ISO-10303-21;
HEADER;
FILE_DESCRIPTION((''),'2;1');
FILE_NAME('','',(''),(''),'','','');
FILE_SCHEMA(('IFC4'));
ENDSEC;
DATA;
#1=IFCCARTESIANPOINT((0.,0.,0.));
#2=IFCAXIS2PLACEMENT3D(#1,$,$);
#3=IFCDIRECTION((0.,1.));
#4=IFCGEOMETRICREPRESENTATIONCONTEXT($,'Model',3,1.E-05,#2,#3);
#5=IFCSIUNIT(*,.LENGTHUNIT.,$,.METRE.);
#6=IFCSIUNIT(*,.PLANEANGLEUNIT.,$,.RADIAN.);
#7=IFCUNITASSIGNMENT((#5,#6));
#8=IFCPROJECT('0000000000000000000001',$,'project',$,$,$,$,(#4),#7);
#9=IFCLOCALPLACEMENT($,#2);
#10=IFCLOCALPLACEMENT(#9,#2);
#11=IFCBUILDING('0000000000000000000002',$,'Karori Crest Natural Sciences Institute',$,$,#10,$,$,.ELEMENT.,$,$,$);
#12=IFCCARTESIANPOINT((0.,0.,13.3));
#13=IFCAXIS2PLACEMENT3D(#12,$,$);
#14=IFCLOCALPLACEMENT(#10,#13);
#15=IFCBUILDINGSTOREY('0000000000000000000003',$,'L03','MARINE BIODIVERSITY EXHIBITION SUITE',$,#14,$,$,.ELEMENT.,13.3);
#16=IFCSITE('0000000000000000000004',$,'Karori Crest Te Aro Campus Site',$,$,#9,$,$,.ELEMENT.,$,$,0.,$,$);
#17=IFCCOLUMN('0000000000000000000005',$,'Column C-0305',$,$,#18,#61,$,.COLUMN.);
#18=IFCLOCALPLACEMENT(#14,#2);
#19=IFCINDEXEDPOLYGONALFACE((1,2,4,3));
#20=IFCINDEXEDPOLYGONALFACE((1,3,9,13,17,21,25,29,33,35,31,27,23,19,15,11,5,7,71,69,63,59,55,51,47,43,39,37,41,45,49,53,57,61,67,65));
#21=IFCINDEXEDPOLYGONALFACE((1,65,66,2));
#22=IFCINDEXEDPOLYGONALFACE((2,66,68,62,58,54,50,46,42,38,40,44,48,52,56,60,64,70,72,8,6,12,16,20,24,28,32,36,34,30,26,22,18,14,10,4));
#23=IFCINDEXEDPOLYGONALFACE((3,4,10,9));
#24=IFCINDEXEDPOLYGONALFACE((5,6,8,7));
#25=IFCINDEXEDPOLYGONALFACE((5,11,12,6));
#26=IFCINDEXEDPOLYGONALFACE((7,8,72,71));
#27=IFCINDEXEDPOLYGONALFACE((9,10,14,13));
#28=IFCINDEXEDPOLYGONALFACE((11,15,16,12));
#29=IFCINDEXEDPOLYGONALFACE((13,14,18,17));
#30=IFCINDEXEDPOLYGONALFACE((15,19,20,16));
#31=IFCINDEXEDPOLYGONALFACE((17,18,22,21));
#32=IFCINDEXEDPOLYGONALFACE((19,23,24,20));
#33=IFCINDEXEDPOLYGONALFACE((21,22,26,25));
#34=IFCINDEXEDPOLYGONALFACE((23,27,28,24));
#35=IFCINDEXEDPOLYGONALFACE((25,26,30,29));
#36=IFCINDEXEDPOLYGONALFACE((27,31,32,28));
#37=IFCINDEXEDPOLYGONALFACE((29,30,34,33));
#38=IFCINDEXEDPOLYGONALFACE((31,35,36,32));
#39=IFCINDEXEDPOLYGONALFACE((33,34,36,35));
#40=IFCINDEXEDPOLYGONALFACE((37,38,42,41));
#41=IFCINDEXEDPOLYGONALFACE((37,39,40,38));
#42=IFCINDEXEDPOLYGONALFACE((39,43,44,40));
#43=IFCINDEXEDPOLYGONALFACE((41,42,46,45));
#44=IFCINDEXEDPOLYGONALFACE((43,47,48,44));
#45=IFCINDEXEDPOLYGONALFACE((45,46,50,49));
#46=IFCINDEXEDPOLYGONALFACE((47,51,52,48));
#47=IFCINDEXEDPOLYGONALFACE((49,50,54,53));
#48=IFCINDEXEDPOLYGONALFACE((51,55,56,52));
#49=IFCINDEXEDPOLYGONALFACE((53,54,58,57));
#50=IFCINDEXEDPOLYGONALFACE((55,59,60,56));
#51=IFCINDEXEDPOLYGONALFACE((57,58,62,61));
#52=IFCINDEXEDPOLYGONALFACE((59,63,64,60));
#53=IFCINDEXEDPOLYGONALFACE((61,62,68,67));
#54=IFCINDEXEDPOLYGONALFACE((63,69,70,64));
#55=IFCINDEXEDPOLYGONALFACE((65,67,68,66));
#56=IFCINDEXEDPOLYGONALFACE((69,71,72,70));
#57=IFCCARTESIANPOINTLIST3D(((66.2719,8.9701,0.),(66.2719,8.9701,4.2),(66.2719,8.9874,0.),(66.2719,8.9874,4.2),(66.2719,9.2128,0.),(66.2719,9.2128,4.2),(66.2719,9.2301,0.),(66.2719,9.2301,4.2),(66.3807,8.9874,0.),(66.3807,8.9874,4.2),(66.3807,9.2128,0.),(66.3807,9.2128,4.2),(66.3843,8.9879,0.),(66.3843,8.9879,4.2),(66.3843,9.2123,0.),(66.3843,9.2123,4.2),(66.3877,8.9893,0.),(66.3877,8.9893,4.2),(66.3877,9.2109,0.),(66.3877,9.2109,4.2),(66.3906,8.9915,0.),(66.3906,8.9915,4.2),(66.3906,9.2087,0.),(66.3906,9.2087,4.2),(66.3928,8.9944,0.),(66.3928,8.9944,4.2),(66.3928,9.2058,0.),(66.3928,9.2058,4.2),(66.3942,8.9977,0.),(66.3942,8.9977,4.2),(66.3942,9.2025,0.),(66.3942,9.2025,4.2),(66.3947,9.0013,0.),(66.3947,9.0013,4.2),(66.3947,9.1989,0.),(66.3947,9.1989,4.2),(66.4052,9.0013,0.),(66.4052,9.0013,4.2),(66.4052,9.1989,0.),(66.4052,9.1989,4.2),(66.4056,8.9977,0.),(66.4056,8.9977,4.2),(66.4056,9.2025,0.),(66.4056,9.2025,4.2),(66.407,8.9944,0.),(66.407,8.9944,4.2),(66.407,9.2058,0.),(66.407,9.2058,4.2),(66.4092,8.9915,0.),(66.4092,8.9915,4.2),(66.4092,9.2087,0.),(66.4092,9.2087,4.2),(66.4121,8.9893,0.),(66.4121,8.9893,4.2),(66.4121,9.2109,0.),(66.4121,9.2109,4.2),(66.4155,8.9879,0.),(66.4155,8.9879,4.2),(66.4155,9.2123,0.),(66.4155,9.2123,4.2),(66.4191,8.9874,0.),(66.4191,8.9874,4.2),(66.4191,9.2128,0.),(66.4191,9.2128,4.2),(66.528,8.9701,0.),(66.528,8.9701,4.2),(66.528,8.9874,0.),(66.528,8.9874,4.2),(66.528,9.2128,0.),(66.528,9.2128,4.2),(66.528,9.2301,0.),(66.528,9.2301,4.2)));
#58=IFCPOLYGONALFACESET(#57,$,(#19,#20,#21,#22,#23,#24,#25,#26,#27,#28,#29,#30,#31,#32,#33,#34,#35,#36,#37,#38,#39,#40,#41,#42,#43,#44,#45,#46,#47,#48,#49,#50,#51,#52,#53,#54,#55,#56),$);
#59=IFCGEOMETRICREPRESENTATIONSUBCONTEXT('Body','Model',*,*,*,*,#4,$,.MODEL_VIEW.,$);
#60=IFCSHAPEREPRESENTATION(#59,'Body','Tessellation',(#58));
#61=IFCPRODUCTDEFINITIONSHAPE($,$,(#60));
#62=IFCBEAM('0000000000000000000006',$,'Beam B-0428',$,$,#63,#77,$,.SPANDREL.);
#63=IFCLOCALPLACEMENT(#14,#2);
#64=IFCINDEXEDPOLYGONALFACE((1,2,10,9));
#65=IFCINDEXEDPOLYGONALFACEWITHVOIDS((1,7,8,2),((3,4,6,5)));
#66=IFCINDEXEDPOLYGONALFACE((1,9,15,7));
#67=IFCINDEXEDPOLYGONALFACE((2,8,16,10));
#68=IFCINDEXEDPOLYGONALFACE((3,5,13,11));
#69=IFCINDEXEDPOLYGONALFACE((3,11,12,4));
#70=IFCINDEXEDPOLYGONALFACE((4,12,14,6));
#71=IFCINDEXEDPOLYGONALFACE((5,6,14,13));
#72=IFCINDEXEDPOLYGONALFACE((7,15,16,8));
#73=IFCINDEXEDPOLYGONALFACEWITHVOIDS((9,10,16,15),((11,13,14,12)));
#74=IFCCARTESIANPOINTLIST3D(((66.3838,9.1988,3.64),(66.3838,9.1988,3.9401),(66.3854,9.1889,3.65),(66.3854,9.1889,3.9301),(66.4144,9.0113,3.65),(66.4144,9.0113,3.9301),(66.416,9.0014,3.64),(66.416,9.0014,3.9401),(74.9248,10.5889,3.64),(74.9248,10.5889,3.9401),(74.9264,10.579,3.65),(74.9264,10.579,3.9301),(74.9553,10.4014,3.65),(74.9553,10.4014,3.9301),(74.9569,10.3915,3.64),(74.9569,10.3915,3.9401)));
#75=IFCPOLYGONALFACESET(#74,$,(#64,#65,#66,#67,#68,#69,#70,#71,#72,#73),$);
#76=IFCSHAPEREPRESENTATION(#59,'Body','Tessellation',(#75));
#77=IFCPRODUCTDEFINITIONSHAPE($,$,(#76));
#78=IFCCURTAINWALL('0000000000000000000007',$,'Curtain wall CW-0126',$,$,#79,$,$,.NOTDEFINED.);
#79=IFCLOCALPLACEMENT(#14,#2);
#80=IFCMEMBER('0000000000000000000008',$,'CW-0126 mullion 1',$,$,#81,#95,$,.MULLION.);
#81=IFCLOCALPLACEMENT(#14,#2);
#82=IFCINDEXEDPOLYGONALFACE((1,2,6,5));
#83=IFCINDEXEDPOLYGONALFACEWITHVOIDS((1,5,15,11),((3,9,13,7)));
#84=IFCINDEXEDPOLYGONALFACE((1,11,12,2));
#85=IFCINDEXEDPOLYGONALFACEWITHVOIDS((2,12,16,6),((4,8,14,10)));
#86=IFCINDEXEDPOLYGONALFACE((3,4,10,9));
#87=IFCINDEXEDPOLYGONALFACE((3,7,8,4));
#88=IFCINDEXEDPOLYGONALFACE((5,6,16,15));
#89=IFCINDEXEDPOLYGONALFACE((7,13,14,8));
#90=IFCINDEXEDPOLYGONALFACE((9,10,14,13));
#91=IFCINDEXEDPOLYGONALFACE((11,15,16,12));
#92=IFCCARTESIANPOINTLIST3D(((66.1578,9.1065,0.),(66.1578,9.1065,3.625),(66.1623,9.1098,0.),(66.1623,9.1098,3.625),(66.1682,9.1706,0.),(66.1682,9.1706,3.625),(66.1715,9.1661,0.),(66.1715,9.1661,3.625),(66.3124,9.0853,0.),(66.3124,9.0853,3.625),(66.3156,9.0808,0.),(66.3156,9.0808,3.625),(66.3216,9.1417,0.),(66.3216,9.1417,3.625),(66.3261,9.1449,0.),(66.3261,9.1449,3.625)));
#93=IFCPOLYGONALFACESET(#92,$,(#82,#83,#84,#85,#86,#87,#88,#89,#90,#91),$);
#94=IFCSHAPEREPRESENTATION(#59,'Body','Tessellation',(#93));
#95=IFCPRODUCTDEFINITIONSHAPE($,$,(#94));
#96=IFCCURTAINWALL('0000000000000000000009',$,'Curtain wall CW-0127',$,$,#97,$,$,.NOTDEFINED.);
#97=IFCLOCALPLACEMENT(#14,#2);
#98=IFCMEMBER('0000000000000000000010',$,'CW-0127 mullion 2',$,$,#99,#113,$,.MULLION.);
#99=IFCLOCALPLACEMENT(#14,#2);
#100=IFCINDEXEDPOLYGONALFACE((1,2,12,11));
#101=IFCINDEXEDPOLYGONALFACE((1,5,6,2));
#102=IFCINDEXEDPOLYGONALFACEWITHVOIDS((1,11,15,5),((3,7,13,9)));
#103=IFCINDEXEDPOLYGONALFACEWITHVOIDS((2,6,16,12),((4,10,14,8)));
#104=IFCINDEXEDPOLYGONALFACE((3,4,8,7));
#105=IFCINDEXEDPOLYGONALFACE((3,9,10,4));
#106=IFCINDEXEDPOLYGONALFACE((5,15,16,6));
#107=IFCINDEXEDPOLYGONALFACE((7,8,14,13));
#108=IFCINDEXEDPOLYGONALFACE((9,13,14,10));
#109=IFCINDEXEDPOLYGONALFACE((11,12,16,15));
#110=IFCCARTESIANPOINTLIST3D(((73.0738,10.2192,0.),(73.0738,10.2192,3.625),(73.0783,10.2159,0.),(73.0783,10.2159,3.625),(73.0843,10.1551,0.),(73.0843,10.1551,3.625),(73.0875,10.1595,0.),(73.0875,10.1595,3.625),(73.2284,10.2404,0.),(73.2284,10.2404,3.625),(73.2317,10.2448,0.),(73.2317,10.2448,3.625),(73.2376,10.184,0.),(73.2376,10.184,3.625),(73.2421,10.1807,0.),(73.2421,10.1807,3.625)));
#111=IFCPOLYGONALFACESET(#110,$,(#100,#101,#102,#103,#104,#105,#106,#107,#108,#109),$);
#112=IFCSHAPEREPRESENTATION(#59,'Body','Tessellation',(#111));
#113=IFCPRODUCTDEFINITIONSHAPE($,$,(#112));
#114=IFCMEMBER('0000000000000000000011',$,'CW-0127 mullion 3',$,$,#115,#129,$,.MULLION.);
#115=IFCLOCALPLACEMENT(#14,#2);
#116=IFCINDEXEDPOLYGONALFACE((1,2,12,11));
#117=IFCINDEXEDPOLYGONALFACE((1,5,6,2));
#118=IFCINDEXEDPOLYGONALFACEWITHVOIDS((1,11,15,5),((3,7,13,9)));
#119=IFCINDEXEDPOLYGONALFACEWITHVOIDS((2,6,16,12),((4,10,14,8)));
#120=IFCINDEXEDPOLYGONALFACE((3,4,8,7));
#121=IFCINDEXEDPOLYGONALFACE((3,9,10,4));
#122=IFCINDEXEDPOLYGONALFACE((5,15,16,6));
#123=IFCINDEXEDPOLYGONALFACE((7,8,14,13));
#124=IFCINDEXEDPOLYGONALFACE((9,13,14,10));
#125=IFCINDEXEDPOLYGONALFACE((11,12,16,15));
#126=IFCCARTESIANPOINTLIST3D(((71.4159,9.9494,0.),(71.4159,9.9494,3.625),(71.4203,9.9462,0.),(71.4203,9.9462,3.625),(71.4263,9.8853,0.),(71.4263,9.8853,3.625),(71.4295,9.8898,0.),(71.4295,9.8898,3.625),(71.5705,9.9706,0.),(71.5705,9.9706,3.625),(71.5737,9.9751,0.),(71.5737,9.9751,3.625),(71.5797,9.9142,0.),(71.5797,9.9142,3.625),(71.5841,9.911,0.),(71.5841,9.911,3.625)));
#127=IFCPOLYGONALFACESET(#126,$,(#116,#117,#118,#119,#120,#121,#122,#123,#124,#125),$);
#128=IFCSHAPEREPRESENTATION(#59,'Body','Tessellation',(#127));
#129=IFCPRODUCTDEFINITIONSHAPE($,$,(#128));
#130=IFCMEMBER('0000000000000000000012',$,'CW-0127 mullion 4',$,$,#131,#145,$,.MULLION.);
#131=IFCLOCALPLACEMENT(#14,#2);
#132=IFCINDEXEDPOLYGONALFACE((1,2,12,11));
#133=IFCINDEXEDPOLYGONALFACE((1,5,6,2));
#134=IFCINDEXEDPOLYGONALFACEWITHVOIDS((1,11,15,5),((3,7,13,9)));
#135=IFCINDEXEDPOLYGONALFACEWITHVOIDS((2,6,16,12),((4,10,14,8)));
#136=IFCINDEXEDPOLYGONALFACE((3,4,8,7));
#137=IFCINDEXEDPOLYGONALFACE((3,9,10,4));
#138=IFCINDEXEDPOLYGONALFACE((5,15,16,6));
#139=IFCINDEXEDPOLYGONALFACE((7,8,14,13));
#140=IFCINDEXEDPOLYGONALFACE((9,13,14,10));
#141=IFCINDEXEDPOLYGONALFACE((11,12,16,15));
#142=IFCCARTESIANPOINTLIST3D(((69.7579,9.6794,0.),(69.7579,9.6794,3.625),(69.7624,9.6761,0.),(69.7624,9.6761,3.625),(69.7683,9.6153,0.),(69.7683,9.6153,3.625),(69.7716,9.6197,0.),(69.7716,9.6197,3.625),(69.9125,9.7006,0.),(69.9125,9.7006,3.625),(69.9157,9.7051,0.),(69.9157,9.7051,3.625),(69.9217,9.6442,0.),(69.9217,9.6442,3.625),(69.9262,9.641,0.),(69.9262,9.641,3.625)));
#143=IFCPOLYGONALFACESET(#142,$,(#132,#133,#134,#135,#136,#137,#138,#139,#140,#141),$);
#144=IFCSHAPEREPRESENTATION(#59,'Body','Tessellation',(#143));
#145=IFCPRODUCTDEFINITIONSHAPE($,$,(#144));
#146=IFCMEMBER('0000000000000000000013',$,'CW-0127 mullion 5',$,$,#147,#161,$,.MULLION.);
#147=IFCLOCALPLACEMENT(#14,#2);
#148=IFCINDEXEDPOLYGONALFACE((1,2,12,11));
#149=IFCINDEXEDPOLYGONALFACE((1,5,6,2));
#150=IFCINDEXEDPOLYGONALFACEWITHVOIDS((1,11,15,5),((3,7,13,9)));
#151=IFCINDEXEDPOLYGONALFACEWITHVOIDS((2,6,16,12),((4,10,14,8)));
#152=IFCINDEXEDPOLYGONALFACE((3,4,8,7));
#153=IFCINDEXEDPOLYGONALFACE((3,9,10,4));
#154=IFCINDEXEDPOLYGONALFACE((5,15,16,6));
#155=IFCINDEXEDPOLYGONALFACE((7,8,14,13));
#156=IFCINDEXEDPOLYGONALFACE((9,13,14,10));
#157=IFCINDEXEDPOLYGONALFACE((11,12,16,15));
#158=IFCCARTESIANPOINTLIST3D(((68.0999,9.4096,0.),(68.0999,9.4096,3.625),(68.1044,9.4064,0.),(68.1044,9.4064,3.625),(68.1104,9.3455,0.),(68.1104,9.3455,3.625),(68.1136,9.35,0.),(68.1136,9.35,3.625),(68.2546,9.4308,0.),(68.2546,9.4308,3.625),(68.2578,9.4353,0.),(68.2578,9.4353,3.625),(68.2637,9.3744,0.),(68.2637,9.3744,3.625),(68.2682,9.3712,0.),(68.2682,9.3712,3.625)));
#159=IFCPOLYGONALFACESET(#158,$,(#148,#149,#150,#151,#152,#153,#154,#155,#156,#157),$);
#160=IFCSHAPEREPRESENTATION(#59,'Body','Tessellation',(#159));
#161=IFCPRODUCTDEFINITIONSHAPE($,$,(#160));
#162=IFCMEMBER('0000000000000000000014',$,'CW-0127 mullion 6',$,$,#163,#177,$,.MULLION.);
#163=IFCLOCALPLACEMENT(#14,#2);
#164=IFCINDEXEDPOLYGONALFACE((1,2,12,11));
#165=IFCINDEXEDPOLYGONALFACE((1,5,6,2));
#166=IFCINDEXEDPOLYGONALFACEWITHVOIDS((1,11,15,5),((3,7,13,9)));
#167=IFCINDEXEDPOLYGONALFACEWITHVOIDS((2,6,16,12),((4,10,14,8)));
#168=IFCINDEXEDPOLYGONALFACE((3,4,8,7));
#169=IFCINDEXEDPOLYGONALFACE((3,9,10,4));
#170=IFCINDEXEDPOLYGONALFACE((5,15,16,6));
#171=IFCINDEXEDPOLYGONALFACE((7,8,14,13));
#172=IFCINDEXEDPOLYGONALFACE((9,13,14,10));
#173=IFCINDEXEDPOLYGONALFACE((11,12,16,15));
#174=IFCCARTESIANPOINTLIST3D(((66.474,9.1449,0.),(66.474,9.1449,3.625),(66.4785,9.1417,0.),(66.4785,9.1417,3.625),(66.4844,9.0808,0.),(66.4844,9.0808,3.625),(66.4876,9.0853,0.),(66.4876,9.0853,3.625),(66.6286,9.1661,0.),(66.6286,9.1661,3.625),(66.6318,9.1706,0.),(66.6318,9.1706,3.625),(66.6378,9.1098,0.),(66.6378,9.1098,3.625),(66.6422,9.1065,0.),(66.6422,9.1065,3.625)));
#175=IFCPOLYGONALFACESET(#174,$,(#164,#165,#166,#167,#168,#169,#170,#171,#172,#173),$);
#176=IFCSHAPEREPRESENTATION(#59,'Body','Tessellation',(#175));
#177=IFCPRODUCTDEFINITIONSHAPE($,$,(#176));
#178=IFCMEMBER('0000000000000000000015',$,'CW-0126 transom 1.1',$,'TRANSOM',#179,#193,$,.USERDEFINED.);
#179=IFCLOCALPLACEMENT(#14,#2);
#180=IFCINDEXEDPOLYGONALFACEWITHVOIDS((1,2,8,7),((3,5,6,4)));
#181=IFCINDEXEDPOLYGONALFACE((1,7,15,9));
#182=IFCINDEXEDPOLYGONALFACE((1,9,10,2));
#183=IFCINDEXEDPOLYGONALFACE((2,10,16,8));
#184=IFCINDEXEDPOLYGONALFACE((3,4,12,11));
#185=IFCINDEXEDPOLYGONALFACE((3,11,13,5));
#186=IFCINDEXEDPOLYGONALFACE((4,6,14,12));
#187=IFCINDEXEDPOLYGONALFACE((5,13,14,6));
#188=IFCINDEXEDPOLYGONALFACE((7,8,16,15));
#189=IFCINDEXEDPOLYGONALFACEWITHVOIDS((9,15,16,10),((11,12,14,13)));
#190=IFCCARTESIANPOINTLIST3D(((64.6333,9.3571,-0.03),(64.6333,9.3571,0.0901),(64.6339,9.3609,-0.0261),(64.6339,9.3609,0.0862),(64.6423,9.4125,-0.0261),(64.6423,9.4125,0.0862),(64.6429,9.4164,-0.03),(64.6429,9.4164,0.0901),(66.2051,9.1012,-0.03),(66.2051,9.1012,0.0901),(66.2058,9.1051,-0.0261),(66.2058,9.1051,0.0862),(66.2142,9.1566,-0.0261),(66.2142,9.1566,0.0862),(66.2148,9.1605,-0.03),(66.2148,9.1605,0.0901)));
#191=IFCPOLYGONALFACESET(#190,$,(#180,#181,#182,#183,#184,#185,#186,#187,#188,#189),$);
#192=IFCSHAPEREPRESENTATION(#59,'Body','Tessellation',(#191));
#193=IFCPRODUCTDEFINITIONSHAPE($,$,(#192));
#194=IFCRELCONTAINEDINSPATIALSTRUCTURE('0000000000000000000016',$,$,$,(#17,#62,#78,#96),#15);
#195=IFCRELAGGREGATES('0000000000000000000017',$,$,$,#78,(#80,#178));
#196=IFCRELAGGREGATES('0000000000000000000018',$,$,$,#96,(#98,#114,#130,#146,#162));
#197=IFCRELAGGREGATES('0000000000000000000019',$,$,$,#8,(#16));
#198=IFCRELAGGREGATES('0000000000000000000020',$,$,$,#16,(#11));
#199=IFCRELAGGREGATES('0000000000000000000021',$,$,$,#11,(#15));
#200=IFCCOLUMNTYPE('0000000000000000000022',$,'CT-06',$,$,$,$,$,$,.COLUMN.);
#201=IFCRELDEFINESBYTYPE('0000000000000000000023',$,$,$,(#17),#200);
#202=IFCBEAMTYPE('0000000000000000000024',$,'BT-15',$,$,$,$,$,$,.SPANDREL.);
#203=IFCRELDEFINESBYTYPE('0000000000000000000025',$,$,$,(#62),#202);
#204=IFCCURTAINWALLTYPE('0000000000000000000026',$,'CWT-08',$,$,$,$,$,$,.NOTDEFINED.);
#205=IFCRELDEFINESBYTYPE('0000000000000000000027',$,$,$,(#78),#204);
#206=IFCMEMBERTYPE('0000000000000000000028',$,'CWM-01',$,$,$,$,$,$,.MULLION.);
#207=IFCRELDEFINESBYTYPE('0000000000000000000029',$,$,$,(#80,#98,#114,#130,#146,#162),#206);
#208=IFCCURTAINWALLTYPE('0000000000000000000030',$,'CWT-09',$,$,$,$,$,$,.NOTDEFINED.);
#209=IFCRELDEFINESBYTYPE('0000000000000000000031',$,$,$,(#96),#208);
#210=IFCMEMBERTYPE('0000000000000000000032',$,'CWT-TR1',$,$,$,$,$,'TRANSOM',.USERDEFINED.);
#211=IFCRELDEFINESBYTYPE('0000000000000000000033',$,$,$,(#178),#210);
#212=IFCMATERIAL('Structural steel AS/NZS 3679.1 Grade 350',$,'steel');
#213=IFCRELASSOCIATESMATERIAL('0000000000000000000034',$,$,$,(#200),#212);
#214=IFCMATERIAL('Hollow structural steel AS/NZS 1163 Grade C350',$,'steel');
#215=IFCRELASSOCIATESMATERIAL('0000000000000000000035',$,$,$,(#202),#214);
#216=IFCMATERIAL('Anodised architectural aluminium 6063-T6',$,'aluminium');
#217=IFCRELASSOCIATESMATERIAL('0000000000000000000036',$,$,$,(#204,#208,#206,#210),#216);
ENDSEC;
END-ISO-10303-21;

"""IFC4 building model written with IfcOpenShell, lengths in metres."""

from ifc_helpers import new_model, si_unit, direction, frame, origin, origin_2d, place, context, subcontext, project, spatial, hollow_rectangle, i_section, extrude, material, material_profile, profile_set, type_object, element, aggregate, save


model = new_model("IFC4")

# Units and contexts
model_context = context("Model", 3, precision=1e-05, world=origin(), true_north=direction((0.0, 1.0)))
body_context = subcontext(model_context, "Body", "Model", "MODEL_VIEW")
ifc_project = project(units=[si_unit("LENGTHUNIT", "METRE"), si_unit("PLANEANGLEUNIT", "RADIAN")], contexts=[model_context])

# Site, building, storey
site_placement = place(None, origin())
site = spatial("IfcSite", under=ifc_project, at=site_placement, Name="Karori Crest Te Aro Campus Site", CompositionType="ELEMENT", RefElevation=0.0)
building_placement = place(site_placement, origin())
building = spatial("IfcBuilding", under=site, at=building_placement, Name="Karori Crest Natural Sciences Institute", CompositionType="ELEMENT")
storey_placement = place(building_placement, frame((0.0, 0.0, 13.3)))
storey = spatial("IfcBuildingStorey", under=building, at=storey_placement, Name="L03", Description="MARINE BIODIVERSITY EXHIBITION SUITE", CompositionType="ELEMENT", Elevation=13.3)

# Column
ifc_material_1 = material(Name="Structural steel AS/NZS 3679.1 Grade 350", Category="steel")
ifc_material_profile_1 = material_profile(ifc_material_1, i_section(OverallWidth=0.2561, OverallDepth=0.26, WebThickness=0.0105, FlangeThickness=0.0173, FilletRadius=0.0139, at=origin_2d()), Name="250UC89.5")
ifc_profile_set_1 = profile_set([ifc_material_profile_1], Name="Structural steel AS/NZS 3679.1 Grade 350")
column_type = type_object("IfcColumnType", Name="CT-06", PredefinedType="COLUMN", material=ifc_profile_set_1)
column_placement = place(storey_placement, frame((66.3999, 9.1001, 0.0), z_axis=(0.0, 0.0, 1.0), x_axis=(1.0, 0.0, 0.0)))
element("IfcColumn", 1, at=column_placement, inside=storey, type_object=column_type, Name="Column C-0305", PredefinedType="COLUMN", context=body_context, shape_type="SweptSolid", body=[
    extrude(i_section(OverallWidth=0.2561, OverallDepth=0.26, WebThickness=0.0105, FlangeThickness=0.0173, FilletRadius=0.0139, at=origin_2d()), origin(), (0.0, 0.0, 1.0), 4.2),
])

# Beam
ifc_material_2 = material(Name="Hollow structural steel AS/NZS 1163 Grade C350", Category="steel")
ifc_material_profile_2 = material_profile(ifc_material_2, hollow_rectangle(XDim=0.2, YDim=0.3, WallThickness=0.01, at=origin_2d()), Name="RHS300x200x10")
ifc_profile_set_2 = profile_set([ifc_material_profile_2], Name="Hollow structural steel AS/NZS 1163 Grade C350")
beam_type = type_object("IfcBeamType", Name="BT-15", PredefinedType="SPANDREL", material=ifc_profile_set_2)
beam_placement = place(storey_placement, frame((66.3999, 9.1001, 3.79), z_axis=(0.987012, 0.160646, 0.0), x_axis=(-0.160646, 0.987012, 0.0)))
element("IfcBeam", 2, at=beam_placement, inside=storey, type_object=beam_type, Name="Beam B-0428", PredefinedType="SPANDREL", context=body_context, shape_type="SweptSolid", body=[
    extrude(hollow_rectangle(XDim=0.2, YDim=0.3, WallThickness=0.01, at=origin_2d()), origin(), (0.0, 0.0, 1.0), 8.6533),
])

# Curtain wall, member
ifc_material_3 = material(Name="Anodised architectural aluminium 6063-T6", Category="aluminium")
curtain_wall_type_1 = type_object("IfcCurtainWallType", Name="CWT-08", PredefinedType="NOTDEFINED", material=ifc_material_3)
curtain_wall_1_placement = place(storey_placement, origin())
curtain_wall_1 = element("IfcCurtainWall", 3, at=curtain_wall_1_placement, inside=storey, type_object=curtain_wall_type_1, Name="Curtain wall CW-0126", PredefinedType="NOTDEFINED")
ifc_material_profile_3 = material_profile(ifc_material_3, hollow_rectangle(XDim=0.0649, YDim=0.1599, WallThickness=0.0039, at=origin_2d()), Name="CWM160x65x4")
ifc_profile_set_3 = profile_set([ifc_material_profile_3], Name="Anodised architectural aluminium 6063-T6")
member_type_1 = type_object("IfcMemberType", Name="CWM-01", PredefinedType="MULLION", material=ifc_profile_set_3)
member_1_placement = place(storey_placement, frame((66.2419, 9.1257, 0.0), z_axis=(0.0, 0.0, 1.0), x_axis=(-0.160655, -0.987011, 0.0)))
member_1 = element("IfcMember", 4, at=member_1_placement, type_object=member_type_1, Name="CW-0126 mullion 1", PredefinedType="MULLION", context=body_context, shape_type="SweptSolid", body=[
    extrude(hollow_rectangle(XDim=0.0649, YDim=0.1599, WallThickness=0.0039, at=origin_2d()), origin(), (0.0, 0.0, 1.0), 3.625),
])

# Curtain wall, members
curtain_wall_type_2 = type_object("IfcCurtainWallType", Name="CWT-09", PredefinedType="NOTDEFINED", material=ifc_material_3)
curtain_wall_2_placement = place(storey_placement, origin())
curtain_wall_2 = element("IfcCurtainWall", 5, at=curtain_wall_2_placement, inside=storey, type_object=curtain_wall_type_2, Name="Curtain wall CW-0127", PredefinedType="NOTDEFINED")
member_2_placement = place(storey_placement, frame((73.158, 10.2, 0.0), z_axis=(0.0, 0.0, 1.0), x_axis=(0.16065, -0.987011, 0.0)))
member_2 = element("IfcMember", 6, at=member_2_placement, type_object=member_type_1, Name="CW-0127 mullion 2", PredefinedType="MULLION", context=body_context, shape_type="SweptSolid", body=[
    extrude(hollow_rectangle(XDim=0.0649, YDim=0.1599, WallThickness=0.0039, at=origin_2d()), origin(), (0.0, 0.0, 1.0), 3.625),
])
member_3_placement = place(storey_placement, frame((71.5, 9.9302, 0.0), z_axis=(0.0, 0.0, 1.0), x_axis=(0.16065, -0.987011, 0.0)))
member_3 = element("IfcMember", 7, at=member_3_placement, type_object=member_type_1, Name="CW-0127 mullion 3", PredefinedType="MULLION", context=body_context, shape_type="SweptSolid", body=[
    extrude(hollow_rectangle(XDim=0.0649, YDim=0.1599, WallThickness=0.0039, at=origin_2d()), origin(), (0.0, 0.0, 1.0), 3.625),
])
member_4_placement = place(storey_placement, frame((69.842, 9.6602, 0.0), z_axis=(0.0, 0.0, 1.0), x_axis=(0.16065, -0.987011, 0.0)))
member_4 = element("IfcMember", 8, at=member_4_placement, type_object=member_type_1, Name="CW-0127 mullion 4", PredefinedType="MULLION", context=body_context, shape_type="SweptSolid", body=[
    extrude(hollow_rectangle(XDim=0.0649, YDim=0.1599, WallThickness=0.0039, at=origin_2d()), origin(), (0.0, 0.0, 1.0), 3.625),
])
member_5_placement = place(storey_placement, frame((68.1841, 9.3904, 0.0), z_axis=(0.0, 0.0, 1.0), x_axis=(0.16065, -0.987011, 0.0)))
member_5 = element("IfcMember", 9, at=member_5_placement, type_object=member_type_1, Name="CW-0127 mullion 5", PredefinedType="MULLION", context=body_context, shape_type="SweptSolid", body=[
    extrude(hollow_rectangle(XDim=0.0649, YDim=0.1599, WallThickness=0.0039, at=origin_2d()), origin(), (0.0, 0.0, 1.0), 3.625),
])
member_6_placement = place(storey_placement, frame((66.5581, 9.1257, 0.0), z_axis=(0.0, 0.0, 1.0), x_axis=(0.16065, -0.987011, 0.0)))
member_6 = element("IfcMember", 10, at=member_6_placement, type_object=member_type_1, Name="CW-0127 mullion 6", PredefinedType="MULLION", context=body_context, shape_type="SweptSolid", body=[
    extrude(hollow_rectangle(XDim=0.0649, YDim=0.1599, WallThickness=0.0039, at=origin_2d()), origin(), (0.0, 0.0, 1.0), 3.625),
])

# Member
ifc_material_profile_4 = material_profile(ifc_material_3, hollow_rectangle(XDim=0.0601, YDim=0.1201, WallThickness=0.0039, at=origin_2d()), Name="CWT120x60x4")
ifc_profile_set_4 = profile_set([ifc_material_profile_4], Name="Anodised architectural aluminium 6063-T6")
member_type_2 = type_object("IfcMemberType", Name="CWT-TR1", ElementType="TRANSOM", PredefinedType="USERDEFINED", material=ifc_profile_set_4)
member_7_placement = place(storey_placement, frame((66.21, 9.1309, 0.03), z_axis=(-0.987008, 0.160669, 0.0), x_axis=(-0.160669, -0.987008, 0.0)))
member_7 = element("IfcMember", 11, at=member_7_placement, type_object=member_type_2, Name="CW-0126 transom 1.1", ObjectType="TRANSOM", PredefinedType="USERDEFINED", context=body_context, shape_type="SweptSolid", body=[
    extrude(hollow_rectangle(XDim=0.0601, YDim=0.1201, WallThickness=0.0039, at=origin_2d()), origin(), (0.0, 0.0, 1.0), 1.5925),
])
aggregate(curtain_wall_1, [member_1, member_7])

aggregate(curtain_wall_2, [member_2, member_3, member_4, member_5, member_6])

save(model, "model.ifc")
